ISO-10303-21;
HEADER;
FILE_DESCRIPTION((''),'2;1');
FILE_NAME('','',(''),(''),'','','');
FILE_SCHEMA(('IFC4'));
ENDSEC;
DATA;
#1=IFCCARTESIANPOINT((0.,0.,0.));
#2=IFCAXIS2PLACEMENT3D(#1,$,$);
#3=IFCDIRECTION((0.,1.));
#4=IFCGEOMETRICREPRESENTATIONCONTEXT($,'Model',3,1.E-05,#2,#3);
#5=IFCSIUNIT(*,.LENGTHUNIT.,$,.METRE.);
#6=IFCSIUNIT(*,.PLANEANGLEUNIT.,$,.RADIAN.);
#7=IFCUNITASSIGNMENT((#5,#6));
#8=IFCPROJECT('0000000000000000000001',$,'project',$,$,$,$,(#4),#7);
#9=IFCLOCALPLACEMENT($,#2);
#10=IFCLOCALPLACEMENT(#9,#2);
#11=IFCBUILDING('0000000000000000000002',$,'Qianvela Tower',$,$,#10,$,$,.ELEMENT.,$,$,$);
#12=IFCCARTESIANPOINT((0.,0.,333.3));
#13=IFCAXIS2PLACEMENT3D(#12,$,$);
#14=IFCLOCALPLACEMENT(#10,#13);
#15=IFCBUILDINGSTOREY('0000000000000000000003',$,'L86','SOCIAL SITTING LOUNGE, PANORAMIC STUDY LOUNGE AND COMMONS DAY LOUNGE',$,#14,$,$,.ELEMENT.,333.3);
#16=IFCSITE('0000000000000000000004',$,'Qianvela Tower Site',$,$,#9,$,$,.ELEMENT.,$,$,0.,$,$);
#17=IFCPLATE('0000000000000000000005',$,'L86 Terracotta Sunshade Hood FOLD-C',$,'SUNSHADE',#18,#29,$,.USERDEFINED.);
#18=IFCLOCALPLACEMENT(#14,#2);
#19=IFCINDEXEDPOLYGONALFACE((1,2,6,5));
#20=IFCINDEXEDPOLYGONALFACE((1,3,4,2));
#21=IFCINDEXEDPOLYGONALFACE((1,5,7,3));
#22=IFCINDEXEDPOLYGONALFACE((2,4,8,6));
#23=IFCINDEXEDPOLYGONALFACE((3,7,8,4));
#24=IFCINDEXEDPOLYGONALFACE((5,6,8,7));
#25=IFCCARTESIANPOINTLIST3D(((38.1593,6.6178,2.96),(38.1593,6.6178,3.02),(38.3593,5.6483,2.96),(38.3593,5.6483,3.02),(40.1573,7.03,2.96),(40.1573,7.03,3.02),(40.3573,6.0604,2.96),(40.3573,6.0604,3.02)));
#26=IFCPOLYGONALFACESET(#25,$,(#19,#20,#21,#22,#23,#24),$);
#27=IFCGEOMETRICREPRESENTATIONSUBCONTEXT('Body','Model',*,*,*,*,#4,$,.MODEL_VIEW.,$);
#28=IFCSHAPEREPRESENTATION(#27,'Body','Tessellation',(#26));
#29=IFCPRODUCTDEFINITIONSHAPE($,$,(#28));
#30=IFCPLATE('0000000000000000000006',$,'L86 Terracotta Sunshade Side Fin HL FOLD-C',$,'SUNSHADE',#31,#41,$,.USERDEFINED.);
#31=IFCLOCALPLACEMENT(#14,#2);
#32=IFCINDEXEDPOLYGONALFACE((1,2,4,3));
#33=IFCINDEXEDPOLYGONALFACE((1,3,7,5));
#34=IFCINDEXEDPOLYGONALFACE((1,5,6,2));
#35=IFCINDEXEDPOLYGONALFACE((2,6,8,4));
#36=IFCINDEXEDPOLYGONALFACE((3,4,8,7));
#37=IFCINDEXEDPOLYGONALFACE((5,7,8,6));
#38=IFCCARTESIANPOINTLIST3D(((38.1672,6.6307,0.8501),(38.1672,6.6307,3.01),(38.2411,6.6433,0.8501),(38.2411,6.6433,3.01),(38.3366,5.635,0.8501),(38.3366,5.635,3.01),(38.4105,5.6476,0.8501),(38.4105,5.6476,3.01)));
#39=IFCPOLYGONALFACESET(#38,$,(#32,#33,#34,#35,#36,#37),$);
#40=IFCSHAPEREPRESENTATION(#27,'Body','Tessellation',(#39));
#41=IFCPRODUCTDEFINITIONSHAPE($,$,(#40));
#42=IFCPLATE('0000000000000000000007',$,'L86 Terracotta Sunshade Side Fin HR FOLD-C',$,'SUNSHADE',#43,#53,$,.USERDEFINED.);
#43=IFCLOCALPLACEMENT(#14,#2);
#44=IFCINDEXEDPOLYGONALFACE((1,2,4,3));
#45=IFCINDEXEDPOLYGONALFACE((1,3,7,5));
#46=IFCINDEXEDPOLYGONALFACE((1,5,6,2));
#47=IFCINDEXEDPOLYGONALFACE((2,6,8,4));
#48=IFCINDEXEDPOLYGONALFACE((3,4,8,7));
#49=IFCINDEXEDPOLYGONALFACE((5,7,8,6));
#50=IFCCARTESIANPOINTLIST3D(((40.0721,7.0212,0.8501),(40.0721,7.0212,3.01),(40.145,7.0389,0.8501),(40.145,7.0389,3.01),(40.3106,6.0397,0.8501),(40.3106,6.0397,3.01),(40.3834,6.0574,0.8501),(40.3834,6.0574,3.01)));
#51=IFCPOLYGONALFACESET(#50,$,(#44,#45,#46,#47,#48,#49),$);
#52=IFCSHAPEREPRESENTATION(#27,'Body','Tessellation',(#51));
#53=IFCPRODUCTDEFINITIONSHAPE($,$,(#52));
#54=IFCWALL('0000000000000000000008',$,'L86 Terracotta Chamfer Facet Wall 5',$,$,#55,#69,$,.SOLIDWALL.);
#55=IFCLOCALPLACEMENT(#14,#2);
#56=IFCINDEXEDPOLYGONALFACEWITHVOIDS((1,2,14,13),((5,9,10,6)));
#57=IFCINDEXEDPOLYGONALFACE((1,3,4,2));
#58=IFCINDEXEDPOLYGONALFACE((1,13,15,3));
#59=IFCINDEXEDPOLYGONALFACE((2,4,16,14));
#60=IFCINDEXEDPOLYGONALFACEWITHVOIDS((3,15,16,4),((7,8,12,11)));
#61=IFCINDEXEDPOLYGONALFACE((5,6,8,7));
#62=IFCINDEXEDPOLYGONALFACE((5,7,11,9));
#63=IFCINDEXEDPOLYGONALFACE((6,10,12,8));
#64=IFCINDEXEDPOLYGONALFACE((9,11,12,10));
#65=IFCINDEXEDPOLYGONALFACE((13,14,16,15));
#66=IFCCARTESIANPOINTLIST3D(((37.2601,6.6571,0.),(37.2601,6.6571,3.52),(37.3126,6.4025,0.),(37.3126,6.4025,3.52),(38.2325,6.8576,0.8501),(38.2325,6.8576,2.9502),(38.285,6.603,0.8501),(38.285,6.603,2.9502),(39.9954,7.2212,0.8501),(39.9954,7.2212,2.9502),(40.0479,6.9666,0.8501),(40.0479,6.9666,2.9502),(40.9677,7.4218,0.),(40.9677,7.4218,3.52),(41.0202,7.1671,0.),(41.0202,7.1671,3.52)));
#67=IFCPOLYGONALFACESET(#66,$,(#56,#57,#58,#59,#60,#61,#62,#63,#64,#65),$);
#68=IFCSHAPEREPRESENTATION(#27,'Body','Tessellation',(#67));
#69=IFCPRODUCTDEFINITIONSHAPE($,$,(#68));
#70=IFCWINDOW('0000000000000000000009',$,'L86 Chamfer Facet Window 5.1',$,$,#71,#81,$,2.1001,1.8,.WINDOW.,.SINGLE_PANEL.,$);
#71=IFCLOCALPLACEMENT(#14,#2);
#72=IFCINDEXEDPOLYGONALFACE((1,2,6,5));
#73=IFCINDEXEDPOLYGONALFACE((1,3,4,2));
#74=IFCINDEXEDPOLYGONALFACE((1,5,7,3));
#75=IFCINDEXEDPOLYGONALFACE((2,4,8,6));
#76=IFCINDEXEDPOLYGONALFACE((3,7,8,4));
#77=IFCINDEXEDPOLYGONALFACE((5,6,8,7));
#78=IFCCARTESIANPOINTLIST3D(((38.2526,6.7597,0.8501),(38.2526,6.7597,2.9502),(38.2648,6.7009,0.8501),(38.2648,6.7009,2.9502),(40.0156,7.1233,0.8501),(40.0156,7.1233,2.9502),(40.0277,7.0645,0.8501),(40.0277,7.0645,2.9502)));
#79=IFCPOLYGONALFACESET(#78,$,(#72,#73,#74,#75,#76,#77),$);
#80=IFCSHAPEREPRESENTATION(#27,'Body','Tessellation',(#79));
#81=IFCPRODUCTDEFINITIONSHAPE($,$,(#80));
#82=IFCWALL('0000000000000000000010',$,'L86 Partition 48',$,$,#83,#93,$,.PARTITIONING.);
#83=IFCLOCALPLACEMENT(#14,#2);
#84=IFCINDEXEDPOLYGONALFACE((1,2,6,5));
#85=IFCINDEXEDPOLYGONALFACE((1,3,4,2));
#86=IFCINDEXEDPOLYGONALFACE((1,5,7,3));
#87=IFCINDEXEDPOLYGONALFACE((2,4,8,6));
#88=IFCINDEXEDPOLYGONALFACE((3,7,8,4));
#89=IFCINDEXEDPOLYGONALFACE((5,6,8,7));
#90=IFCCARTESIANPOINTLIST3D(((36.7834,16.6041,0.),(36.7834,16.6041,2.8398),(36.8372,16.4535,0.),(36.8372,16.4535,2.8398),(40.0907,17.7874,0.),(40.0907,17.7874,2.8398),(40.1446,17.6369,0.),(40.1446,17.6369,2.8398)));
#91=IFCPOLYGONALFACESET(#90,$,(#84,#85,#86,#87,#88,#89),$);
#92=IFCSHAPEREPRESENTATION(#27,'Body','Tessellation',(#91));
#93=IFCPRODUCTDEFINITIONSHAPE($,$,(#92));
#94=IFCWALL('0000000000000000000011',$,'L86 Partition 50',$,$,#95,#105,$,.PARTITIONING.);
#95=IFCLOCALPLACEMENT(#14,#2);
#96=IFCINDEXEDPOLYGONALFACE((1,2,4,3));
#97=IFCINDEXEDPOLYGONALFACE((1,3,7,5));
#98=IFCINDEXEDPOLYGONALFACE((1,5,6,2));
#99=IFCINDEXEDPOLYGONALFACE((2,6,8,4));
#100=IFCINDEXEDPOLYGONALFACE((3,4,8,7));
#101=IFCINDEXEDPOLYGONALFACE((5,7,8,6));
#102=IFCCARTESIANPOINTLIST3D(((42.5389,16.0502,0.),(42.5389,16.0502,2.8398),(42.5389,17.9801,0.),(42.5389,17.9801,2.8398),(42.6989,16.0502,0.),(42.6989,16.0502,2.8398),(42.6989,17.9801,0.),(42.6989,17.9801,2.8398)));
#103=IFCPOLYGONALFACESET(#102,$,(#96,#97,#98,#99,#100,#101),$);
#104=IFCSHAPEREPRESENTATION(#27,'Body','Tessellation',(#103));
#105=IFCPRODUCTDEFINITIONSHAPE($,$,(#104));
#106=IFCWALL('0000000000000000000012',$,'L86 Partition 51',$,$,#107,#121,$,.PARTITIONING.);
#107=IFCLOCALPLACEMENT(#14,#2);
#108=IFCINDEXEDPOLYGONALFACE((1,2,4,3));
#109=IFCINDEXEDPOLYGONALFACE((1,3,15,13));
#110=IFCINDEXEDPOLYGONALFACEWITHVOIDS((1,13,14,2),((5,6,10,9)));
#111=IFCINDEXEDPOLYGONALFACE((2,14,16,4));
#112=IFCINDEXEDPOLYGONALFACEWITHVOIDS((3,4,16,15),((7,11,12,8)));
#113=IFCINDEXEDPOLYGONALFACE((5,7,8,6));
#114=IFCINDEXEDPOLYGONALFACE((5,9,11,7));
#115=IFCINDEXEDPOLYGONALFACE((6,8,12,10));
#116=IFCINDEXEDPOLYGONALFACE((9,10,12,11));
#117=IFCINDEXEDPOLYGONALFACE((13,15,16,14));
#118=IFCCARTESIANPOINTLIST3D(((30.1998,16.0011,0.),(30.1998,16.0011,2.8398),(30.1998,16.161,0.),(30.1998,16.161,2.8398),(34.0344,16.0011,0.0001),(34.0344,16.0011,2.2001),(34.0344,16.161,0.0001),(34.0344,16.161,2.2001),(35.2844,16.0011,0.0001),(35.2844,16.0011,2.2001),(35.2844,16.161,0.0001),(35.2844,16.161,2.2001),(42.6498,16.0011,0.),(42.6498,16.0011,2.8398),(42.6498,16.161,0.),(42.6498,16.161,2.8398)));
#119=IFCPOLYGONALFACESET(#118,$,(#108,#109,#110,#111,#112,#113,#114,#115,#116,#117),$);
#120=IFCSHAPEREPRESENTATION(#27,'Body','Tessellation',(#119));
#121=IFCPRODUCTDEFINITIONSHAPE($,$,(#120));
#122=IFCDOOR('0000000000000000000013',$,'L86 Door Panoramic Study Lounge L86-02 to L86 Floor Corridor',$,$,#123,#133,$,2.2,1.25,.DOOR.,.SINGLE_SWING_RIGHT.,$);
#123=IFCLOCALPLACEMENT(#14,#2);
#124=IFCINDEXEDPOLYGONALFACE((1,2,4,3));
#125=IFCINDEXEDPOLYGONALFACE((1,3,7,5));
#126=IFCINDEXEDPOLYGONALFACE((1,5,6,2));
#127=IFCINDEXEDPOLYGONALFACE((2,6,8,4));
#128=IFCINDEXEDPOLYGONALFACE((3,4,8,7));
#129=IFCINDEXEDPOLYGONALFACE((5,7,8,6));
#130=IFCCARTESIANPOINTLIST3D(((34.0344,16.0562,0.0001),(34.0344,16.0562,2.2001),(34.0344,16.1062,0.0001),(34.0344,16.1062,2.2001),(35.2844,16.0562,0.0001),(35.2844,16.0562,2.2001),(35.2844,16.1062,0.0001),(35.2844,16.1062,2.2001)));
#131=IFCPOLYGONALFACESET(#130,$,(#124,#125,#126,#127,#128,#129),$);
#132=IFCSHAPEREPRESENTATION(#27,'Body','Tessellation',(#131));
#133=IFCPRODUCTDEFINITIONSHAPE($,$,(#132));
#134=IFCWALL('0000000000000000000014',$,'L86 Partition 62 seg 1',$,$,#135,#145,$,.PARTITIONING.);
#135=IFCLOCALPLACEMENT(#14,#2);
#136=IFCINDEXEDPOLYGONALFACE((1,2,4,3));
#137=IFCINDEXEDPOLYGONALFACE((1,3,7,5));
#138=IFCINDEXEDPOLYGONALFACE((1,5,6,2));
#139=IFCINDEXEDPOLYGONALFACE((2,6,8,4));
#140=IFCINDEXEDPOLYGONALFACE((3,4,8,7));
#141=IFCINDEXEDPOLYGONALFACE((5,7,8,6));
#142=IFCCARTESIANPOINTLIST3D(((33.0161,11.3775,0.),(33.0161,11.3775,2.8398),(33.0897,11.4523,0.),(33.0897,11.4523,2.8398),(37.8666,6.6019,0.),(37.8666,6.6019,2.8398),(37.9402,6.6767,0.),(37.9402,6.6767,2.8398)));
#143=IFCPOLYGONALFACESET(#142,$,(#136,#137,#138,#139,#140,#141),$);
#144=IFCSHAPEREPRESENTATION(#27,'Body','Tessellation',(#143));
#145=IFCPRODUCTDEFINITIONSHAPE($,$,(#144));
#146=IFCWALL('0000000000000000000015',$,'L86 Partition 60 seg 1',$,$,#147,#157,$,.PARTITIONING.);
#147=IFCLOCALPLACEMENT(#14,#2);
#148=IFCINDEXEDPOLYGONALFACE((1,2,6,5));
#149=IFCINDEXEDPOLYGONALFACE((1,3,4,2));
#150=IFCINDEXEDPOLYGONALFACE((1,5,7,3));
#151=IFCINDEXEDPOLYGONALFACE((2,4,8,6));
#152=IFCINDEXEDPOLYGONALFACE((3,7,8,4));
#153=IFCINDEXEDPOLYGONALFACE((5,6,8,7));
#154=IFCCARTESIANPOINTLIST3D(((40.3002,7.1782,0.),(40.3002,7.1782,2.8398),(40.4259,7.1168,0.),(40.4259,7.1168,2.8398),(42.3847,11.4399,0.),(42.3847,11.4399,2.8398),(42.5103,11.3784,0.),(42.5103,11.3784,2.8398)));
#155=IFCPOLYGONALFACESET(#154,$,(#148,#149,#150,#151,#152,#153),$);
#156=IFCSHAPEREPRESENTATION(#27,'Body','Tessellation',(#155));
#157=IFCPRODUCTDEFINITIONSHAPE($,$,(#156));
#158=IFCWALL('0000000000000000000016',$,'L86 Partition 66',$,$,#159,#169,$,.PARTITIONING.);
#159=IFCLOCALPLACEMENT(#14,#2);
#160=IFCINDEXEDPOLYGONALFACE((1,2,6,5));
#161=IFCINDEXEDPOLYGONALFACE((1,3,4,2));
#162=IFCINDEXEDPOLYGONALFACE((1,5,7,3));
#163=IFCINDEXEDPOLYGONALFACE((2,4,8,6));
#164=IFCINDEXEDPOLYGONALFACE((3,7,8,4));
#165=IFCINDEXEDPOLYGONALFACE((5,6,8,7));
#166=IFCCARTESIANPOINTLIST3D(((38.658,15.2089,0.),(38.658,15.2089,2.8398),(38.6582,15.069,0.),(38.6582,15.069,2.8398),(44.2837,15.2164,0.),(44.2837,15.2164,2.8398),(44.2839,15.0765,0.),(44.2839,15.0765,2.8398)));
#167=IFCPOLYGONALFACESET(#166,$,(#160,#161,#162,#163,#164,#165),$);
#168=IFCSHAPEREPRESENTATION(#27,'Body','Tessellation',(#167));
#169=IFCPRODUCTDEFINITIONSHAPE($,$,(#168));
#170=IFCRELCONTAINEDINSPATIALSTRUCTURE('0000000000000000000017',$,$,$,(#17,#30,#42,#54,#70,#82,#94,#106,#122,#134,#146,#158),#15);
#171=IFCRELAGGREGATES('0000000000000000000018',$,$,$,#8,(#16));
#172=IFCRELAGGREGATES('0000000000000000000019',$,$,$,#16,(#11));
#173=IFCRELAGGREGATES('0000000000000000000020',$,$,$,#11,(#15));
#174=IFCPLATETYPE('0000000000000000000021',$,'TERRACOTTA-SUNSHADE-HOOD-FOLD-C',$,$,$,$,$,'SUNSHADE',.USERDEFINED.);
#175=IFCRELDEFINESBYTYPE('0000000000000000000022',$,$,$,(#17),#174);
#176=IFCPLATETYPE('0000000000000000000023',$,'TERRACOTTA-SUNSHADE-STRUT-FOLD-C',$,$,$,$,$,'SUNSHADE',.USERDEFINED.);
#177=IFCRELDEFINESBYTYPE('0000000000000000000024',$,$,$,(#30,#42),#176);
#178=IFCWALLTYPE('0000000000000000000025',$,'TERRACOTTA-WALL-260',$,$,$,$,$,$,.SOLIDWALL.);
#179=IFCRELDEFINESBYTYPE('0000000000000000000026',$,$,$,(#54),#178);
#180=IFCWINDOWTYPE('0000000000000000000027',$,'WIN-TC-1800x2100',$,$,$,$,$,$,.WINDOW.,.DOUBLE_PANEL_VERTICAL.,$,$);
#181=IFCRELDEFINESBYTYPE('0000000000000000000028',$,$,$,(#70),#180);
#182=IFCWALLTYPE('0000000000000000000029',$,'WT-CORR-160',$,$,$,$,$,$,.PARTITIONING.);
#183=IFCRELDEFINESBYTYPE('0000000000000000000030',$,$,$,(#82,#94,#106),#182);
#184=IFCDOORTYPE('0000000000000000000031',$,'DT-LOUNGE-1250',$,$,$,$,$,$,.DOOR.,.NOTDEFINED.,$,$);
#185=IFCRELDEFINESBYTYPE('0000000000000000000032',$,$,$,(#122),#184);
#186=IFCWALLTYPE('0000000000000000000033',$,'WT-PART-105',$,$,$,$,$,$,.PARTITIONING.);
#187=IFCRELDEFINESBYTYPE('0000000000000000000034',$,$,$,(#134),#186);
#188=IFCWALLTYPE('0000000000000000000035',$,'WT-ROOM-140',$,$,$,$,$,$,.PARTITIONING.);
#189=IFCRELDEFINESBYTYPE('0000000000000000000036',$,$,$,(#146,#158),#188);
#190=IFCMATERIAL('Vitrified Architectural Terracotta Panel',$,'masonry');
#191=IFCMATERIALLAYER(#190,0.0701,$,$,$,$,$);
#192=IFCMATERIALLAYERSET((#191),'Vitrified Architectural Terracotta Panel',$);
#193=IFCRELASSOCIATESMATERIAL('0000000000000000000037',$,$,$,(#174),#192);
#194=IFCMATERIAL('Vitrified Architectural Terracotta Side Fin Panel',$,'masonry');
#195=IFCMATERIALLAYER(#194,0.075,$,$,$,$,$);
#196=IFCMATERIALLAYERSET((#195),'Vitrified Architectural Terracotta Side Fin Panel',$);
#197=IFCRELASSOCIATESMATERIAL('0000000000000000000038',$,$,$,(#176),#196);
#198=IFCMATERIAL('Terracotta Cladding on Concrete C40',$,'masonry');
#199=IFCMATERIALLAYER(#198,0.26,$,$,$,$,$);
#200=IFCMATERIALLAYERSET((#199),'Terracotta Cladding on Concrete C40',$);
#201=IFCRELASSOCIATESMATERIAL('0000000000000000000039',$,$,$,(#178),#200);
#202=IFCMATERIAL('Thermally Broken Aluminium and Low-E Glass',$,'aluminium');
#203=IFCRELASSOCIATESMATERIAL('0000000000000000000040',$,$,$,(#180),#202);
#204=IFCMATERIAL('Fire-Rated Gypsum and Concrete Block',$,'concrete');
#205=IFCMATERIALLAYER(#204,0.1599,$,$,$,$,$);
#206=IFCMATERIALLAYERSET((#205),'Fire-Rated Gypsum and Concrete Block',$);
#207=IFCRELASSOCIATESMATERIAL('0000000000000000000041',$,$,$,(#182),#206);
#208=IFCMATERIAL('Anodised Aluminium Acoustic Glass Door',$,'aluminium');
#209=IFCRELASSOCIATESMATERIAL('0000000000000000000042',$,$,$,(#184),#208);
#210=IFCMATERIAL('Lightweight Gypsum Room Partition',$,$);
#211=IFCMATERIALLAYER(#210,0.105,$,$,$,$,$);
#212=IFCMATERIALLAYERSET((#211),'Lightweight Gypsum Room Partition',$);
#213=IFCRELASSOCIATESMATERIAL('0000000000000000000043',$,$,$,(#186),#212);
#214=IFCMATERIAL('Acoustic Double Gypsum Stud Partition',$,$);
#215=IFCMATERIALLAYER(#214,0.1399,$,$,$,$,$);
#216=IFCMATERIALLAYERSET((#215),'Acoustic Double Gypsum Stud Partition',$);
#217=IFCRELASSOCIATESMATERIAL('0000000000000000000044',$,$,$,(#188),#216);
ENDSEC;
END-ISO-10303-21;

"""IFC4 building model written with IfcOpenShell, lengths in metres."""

from ifc_helpers import new_model, si_unit, direction, frame, frame_2d, origin, origin_2d, place, context, subcontext, project, spatial, rectangle, extrude, material, layer, layer_set, type_object, element, fill, save


model = new_model("IFC4")

# Units and contexts
model_context = context("Model", 3, precision=1e-05, world=origin(), true_north=direction((0.0, 1.0)))
body_context = subcontext(model_context, "Body", "Model", "MODEL_VIEW")
ifc_project = project(units=[si_unit("LENGTHUNIT", "METRE"), si_unit("PLANEANGLEUNIT", "RADIAN")], contexts=[model_context])

# Site, building, storey
site_placement = place(None, origin())
site = spatial("IfcSite", under=ifc_project, at=site_placement, Name="Qianvela Tower Site", CompositionType="ELEMENT", RefElevation=0.0)
building_placement = place(site_placement, origin())
building = spatial("IfcBuilding", under=site, at=building_placement, Name="Qianvela Tower", CompositionType="ELEMENT")
storey_placement = place(building_placement, frame((0.0, 0.0, 333.3)))
storey = spatial("IfcBuildingStorey", under=building, at=storey_placement, Name="L86", Description="SOCIAL SITTING LOUNGE, PANORAMIC STUDY LOUNGE AND COMMONS DAY LOUNGE", CompositionType="ELEMENT", Elevation=333.3)

# Plates
ifc_material_1 = material(Name="Vitrified Architectural Terracotta Panel", Category="masonry")
ifc_layer_1 = layer(ifc_material_1, 0.0701)
ifc_layer_set_1 = layer_set([ifc_layer_1], Name="Vitrified Architectural Terracotta Panel")
plate_type_1 = type_object("IfcPlateType", Name="TERRACOTTA-SUNSHADE-HOOD-FOLD-C", ElementType="SUNSHADE", PredefinedType="USERDEFINED", material=ifc_layer_set_1)
plate_1_placement = place(storey_placement, frame((39.2583, 6.3391, 2.96), z_axis=(0.0, 0.0, 1.0), x_axis=(0.979381, 0.20202, 0.0)))
element("IfcPlate", 1, at=plate_1_placement, inside=storey, type_object=plate_type_1, Name="L86 Terracotta Sunshade Hood FOLD-C", ObjectType="SUNSHADE", PredefinedType="USERDEFINED", context=body_context, shape_type="SweptSolid", body=[
    extrude(rectangle(XDim=2.04, YDim=0.99, at=origin_2d()), origin(), (0.0, 0.0, 1.0), 0.0601),
])
ifc_material_2 = material(Name="Vitrified Architectural Terracotta Side Fin Panel", Category="masonry")
ifc_layer_2 = layer(ifc_material_2, 0.075)
ifc_layer_set_2 = layer_set([ifc_layer_2], Name="Vitrified Architectural Terracotta Side Fin Panel")
plate_type_2 = type_object("IfcPlateType", Name="TERRACOTTA-SUNSHADE-STRUT-FOLD-C", ElementType="SUNSHADE", PredefinedType="USERDEFINED", material=ifc_layer_set_2)
for number, where, z_axis, x_axis, name in (
    (2, (38.2888, 6.1392, 0.8501), (0.0, 0.0, 1.0), (0.985835, 0.167717, 0.0), "L86 Terracotta Sunshade Side Fin HL FOLD-C"),
    (3, (40.2278, 6.5393, 0.8501), (0.0, 0.0, 1.0), (0.971734, 0.236077, 0.0), "L86 Terracotta Sunshade Side Fin HR FOLD-C"),
):
    element("IfcPlate", number, at=place(storey_placement, frame(where, z_axis=z_axis, x_axis=x_axis)), inside=storey, type_object=plate_type_2, Name=name, ObjectType="SUNSHADE", PredefinedType="USERDEFINED", context=body_context, shape_type="SweptSolid", body=[
        extrude(rectangle(XDim=0.075, YDim=1.01, at=origin_2d()), origin(), (0.0, 0.0, 1.0), 2.1599),
    ])

# Wall, opening, window
ifc_material_3 = material(Name="Terracotta Cladding on Concrete C40", Category="masonry")
ifc_layer_3 = layer(ifc_material_3, 0.26)
ifc_layer_set_3 = layer_set([ifc_layer_3], Name="Terracotta Cladding on Concrete C40")
wall_type_1 = type_object("IfcWallType", Name="TERRACOTTA-WALL-260", PredefinedType="SOLIDWALL", material=ifc_layer_set_3)
wall_1_placement = place(storey_placement, frame((37.2864, 6.5298, 0.0), z_axis=(0.0, 0.0, 1.0), x_axis=(0.979387, 0.201991, 0.0)))
wall_1 = element("IfcWall", 4, at=wall_1_placement, inside=storey, type_object=wall_type_1, Name="L86 Terracotta Chamfer Facet Wall 5", PredefinedType="SOLIDWALL", context=body_context, shape_type="SweptSolid", body=[
    extrude(rectangle(XDim=3.7856, YDim=0.26, at=frame_2d((1.8928, 0.0))), origin(), (0.0, 0.0, 1.0), 3.52),
])
opening_1_placement = place(wall_1_placement, frame((0.9929, 0.0, 0.8501)))
opening_1 = element("IfcOpeningElement", 5, at=opening_1_placement, cuts=wall_1, PredefinedType="OPENING", context=body_context, shape_type="SweptSolid", body=[
    extrude(rectangle(XDim=1.8, YDim=2.1001, at=frame_2d((0.8999, 1.05))), frame((0.0, 0.1399, 0.0), z_axis=(0.0, -1.0, 0.0), x_axis=(1.0, 0.0, 0.0)), (0.0, 0.0, 1.0), 0.28),
])
ifc_material_4 = material(Name="Thermally Broken Aluminium and Low-E Glass", Category="aluminium")
window_type = type_object("IfcWindowType", Name="WIN-TC-1800x2100", PartitioningType="DOUBLE_PANEL_VERTICAL", PredefinedType="WINDOW", material=ifc_material_4)
window_placement = place(opening_1_placement, origin())
window = element("IfcWindow", 6, at=window_placement, inside=storey, type_object=window_type, Name="L86 Chamfer Facet Window 5.1", OverallHeight=2.1001, OverallWidth=1.8, PartitioningType="SINGLE_PANEL", PredefinedType="WINDOW", context=body_context, shape_type="SweptSolid", body=[
    extrude(rectangle(XDim=1.8, YDim=2.1001, at=frame_2d((0.8999, 1.05))), frame((0.0, 0.03, 0.0), z_axis=(0.0, -1.0, 0.0), x_axis=(1.0, 0.0, 0.0)), (0.0, 0.0, 1.0), 0.0601),
])
fill(opening_1, window)

# Walls
ifc_material_5 = material(Name="Fire-Rated Gypsum and Concrete Block", Category="concrete")
ifc_layer_4 = layer(ifc_material_5, 0.1599)
ifc_layer_set_4 = layer_set([ifc_layer_4], Name="Fire-Rated Gypsum and Concrete Block")
wall_type_2 = type_object("IfcWallType", Name="WT-CORR-160", PredefinedType="PARTITIONING", material=ifc_layer_set_4)
wall_2_placement = place(storey_placement, frame((36.8103, 16.5288, 0.0), z_axis=(0.0, 0.0, 1.0), x_axis=(0.941548, 0.336878, 0.0)))
element("IfcWall", 7, at=wall_2_placement, inside=storey, type_object=wall_type_2, Name="L86 Partition 48", PredefinedType="PARTITIONING", context=body_context, shape_type="SweptSolid", body=[
    extrude(rectangle(XDim=3.5127, YDim=0.1599, at=frame_2d((1.7563, 0.0))), origin(), (0.0, 0.0, 1.0), 2.8398),
])
wall_3_placement = place(storey_placement, frame((42.6189, 17.98, 0.0), z_axis=(0.0, 0.0, 1.0), x_axis=(0.0, -1.0, 0.0)))
element("IfcWall", 8, at=wall_3_placement, inside=storey, type_object=wall_type_2, Name="L86 Partition 50", PredefinedType="PARTITIONING", context=body_context, shape_type="SweptSolid", body=[
    extrude(rectangle(XDim=1.9299, YDim=0.1599, at=frame_2d((0.9648, 0.0))), origin(), (0.0, 0.0, 1.0), 2.8398),
])

# Wall, opening, door
wall_4_placement = place(storey_placement, frame((42.6499, 16.0811, 0.0), z_axis=(0.0, 0.0, 1.0), x_axis=(-1.0, 0.0, 0.0)))
wall_4 = element("IfcWall", 9, at=wall_4_placement, inside=storey, type_object=wall_type_2, Name="L86 Partition 51", PredefinedType="PARTITIONING", context=body_context, shape_type="SweptSolid", body=[
    extrude(rectangle(XDim=12.45, YDim=0.1599, at=frame_2d((6.2251, 0.0))), origin(), (0.0, 0.0, 1.0), 2.8398),
])
opening_2_placement = place(wall_4_placement, frame((7.3655, 0.0, 0.0)))
opening_2 = element("IfcOpeningElement", 10, at=opening_2_placement, cuts=wall_4, PredefinedType="OPENING", context=body_context, shape_type="SweptSolid", body=[
    extrude(rectangle(XDim=1.25, YDim=2.2, at=frame_2d((0.625, 1.1001))), frame((0.0, 0.0898, 0.0), z_axis=(0.0, -1.0, 0.0), x_axis=(1.0, 0.0, 0.0)), (0.0, 0.0, 1.0), 0.1799),
])
ifc_material_6 = material(Name="Anodised Aluminium Acoustic Glass Door", Category="aluminium")
door_type = type_object("IfcDoorType", Name="DT-LOUNGE-1250", OperationType="NOTDEFINED", PredefinedType="DOOR", material=ifc_material_6)
door_placement = place(opening_2_placement, origin())
door = element("IfcDoor", 11, at=door_placement, inside=storey, type_object=door_type, Name="L86 Door Panoramic Study Lounge L86-02 to L86 Floor Corridor", OperationType="SINGLE_SWING_RIGHT", OverallHeight=2.2, OverallWidth=1.25, PredefinedType="DOOR", context=body_context, shape_type="SweptSolid", body=[
    extrude(rectangle(XDim=1.25, YDim=2.2, at=frame_2d((0.625, 1.1001))), frame((0.0, 0.0249, 0.0), z_axis=(0.0, -1.0, 0.0), x_axis=(1.0, 0.0, 0.0)), (0.0, 0.0, 1.0), 0.05),
])
fill(opening_2, door)

# Walls
ifc_material_7 = material(Name="Lightweight Gypsum Room Partition")
ifc_layer_5 = layer(ifc_material_7, 0.105)
ifc_layer_set_5 = layer_set([ifc_layer_5], Name="Lightweight Gypsum Room Partition")
wall_type_3 = type_object("IfcWallType", Name="WT-PART-105", PredefinedType="PARTITIONING", material=ifc_layer_set_5)
wall_5_placement = place(storey_placement, frame((37.9033, 6.6394, 0.0), z_axis=(0.0, 0.0, 1.0), x_axis=(-0.712591, 0.70158, 0.0)))
element("IfcWall", 12, at=wall_5_placement, inside=storey, type_object=wall_type_3, Name="L86 Partition 62 seg 1", PredefinedType="PARTITIONING", context=body_context, shape_type="SweptSolid", body=[
    extrude(rectangle(XDim=6.8069, YDim=0.105, at=frame_2d((3.4033, 0.0))), origin(), (0.0, 0.0, 1.0), 2.8398),
])
ifc_material_8 = material(Name="Acoustic Double Gypsum Stud Partition")
ifc_layer_6 = layer(ifc_material_8, 0.1399)
ifc_layer_set_6 = layer_set([ifc_layer_6], Name="Acoustic Double Gypsum Stud Partition")
wall_type_4 = type_object("IfcWallType", Name="WT-ROOM-140", PredefinedType="PARTITIONING", material=ifc_layer_set_6)
wall_6_placement = place(storey_placement, frame((42.4475, 11.4092, 0.0), z_axis=(0.0, 0.0, 1.0), x_axis=(-0.439374, -0.898304, 0.0)))
element("IfcWall", 13, at=wall_6_placement, inside=storey, type_object=wall_type_4, Name="L86 Partition 60 seg 1", PredefinedType="PARTITIONING", context=body_context, shape_type="SweptSolid", body=[
    extrude(rectangle(XDim=4.7441, YDim=0.1399, at=frame_2d((2.3721, 0.0))), origin(), (0.0, 0.0, 1.0), 2.8398),
])
wall_7_placement = place(storey_placement, frame((38.658, 15.1389, 0.0), z_axis=(0.0, 0.0, 1.0), x_axis=(0.999999, 0.001345, 0.0)))
element("IfcWall", 14, at=wall_7_placement, inside=storey, type_object=wall_type_4, Name="L86 Partition 66", PredefinedType="PARTITIONING", context=body_context, shape_type="SweptSolid", body=[
    extrude(rectangle(XDim=5.6257, YDim=0.1399, at=frame_2d((2.813, 0.0))), origin(), (0.0, 0.0, 1.0), 2.8398),
])

save(model, "model.ifc")
